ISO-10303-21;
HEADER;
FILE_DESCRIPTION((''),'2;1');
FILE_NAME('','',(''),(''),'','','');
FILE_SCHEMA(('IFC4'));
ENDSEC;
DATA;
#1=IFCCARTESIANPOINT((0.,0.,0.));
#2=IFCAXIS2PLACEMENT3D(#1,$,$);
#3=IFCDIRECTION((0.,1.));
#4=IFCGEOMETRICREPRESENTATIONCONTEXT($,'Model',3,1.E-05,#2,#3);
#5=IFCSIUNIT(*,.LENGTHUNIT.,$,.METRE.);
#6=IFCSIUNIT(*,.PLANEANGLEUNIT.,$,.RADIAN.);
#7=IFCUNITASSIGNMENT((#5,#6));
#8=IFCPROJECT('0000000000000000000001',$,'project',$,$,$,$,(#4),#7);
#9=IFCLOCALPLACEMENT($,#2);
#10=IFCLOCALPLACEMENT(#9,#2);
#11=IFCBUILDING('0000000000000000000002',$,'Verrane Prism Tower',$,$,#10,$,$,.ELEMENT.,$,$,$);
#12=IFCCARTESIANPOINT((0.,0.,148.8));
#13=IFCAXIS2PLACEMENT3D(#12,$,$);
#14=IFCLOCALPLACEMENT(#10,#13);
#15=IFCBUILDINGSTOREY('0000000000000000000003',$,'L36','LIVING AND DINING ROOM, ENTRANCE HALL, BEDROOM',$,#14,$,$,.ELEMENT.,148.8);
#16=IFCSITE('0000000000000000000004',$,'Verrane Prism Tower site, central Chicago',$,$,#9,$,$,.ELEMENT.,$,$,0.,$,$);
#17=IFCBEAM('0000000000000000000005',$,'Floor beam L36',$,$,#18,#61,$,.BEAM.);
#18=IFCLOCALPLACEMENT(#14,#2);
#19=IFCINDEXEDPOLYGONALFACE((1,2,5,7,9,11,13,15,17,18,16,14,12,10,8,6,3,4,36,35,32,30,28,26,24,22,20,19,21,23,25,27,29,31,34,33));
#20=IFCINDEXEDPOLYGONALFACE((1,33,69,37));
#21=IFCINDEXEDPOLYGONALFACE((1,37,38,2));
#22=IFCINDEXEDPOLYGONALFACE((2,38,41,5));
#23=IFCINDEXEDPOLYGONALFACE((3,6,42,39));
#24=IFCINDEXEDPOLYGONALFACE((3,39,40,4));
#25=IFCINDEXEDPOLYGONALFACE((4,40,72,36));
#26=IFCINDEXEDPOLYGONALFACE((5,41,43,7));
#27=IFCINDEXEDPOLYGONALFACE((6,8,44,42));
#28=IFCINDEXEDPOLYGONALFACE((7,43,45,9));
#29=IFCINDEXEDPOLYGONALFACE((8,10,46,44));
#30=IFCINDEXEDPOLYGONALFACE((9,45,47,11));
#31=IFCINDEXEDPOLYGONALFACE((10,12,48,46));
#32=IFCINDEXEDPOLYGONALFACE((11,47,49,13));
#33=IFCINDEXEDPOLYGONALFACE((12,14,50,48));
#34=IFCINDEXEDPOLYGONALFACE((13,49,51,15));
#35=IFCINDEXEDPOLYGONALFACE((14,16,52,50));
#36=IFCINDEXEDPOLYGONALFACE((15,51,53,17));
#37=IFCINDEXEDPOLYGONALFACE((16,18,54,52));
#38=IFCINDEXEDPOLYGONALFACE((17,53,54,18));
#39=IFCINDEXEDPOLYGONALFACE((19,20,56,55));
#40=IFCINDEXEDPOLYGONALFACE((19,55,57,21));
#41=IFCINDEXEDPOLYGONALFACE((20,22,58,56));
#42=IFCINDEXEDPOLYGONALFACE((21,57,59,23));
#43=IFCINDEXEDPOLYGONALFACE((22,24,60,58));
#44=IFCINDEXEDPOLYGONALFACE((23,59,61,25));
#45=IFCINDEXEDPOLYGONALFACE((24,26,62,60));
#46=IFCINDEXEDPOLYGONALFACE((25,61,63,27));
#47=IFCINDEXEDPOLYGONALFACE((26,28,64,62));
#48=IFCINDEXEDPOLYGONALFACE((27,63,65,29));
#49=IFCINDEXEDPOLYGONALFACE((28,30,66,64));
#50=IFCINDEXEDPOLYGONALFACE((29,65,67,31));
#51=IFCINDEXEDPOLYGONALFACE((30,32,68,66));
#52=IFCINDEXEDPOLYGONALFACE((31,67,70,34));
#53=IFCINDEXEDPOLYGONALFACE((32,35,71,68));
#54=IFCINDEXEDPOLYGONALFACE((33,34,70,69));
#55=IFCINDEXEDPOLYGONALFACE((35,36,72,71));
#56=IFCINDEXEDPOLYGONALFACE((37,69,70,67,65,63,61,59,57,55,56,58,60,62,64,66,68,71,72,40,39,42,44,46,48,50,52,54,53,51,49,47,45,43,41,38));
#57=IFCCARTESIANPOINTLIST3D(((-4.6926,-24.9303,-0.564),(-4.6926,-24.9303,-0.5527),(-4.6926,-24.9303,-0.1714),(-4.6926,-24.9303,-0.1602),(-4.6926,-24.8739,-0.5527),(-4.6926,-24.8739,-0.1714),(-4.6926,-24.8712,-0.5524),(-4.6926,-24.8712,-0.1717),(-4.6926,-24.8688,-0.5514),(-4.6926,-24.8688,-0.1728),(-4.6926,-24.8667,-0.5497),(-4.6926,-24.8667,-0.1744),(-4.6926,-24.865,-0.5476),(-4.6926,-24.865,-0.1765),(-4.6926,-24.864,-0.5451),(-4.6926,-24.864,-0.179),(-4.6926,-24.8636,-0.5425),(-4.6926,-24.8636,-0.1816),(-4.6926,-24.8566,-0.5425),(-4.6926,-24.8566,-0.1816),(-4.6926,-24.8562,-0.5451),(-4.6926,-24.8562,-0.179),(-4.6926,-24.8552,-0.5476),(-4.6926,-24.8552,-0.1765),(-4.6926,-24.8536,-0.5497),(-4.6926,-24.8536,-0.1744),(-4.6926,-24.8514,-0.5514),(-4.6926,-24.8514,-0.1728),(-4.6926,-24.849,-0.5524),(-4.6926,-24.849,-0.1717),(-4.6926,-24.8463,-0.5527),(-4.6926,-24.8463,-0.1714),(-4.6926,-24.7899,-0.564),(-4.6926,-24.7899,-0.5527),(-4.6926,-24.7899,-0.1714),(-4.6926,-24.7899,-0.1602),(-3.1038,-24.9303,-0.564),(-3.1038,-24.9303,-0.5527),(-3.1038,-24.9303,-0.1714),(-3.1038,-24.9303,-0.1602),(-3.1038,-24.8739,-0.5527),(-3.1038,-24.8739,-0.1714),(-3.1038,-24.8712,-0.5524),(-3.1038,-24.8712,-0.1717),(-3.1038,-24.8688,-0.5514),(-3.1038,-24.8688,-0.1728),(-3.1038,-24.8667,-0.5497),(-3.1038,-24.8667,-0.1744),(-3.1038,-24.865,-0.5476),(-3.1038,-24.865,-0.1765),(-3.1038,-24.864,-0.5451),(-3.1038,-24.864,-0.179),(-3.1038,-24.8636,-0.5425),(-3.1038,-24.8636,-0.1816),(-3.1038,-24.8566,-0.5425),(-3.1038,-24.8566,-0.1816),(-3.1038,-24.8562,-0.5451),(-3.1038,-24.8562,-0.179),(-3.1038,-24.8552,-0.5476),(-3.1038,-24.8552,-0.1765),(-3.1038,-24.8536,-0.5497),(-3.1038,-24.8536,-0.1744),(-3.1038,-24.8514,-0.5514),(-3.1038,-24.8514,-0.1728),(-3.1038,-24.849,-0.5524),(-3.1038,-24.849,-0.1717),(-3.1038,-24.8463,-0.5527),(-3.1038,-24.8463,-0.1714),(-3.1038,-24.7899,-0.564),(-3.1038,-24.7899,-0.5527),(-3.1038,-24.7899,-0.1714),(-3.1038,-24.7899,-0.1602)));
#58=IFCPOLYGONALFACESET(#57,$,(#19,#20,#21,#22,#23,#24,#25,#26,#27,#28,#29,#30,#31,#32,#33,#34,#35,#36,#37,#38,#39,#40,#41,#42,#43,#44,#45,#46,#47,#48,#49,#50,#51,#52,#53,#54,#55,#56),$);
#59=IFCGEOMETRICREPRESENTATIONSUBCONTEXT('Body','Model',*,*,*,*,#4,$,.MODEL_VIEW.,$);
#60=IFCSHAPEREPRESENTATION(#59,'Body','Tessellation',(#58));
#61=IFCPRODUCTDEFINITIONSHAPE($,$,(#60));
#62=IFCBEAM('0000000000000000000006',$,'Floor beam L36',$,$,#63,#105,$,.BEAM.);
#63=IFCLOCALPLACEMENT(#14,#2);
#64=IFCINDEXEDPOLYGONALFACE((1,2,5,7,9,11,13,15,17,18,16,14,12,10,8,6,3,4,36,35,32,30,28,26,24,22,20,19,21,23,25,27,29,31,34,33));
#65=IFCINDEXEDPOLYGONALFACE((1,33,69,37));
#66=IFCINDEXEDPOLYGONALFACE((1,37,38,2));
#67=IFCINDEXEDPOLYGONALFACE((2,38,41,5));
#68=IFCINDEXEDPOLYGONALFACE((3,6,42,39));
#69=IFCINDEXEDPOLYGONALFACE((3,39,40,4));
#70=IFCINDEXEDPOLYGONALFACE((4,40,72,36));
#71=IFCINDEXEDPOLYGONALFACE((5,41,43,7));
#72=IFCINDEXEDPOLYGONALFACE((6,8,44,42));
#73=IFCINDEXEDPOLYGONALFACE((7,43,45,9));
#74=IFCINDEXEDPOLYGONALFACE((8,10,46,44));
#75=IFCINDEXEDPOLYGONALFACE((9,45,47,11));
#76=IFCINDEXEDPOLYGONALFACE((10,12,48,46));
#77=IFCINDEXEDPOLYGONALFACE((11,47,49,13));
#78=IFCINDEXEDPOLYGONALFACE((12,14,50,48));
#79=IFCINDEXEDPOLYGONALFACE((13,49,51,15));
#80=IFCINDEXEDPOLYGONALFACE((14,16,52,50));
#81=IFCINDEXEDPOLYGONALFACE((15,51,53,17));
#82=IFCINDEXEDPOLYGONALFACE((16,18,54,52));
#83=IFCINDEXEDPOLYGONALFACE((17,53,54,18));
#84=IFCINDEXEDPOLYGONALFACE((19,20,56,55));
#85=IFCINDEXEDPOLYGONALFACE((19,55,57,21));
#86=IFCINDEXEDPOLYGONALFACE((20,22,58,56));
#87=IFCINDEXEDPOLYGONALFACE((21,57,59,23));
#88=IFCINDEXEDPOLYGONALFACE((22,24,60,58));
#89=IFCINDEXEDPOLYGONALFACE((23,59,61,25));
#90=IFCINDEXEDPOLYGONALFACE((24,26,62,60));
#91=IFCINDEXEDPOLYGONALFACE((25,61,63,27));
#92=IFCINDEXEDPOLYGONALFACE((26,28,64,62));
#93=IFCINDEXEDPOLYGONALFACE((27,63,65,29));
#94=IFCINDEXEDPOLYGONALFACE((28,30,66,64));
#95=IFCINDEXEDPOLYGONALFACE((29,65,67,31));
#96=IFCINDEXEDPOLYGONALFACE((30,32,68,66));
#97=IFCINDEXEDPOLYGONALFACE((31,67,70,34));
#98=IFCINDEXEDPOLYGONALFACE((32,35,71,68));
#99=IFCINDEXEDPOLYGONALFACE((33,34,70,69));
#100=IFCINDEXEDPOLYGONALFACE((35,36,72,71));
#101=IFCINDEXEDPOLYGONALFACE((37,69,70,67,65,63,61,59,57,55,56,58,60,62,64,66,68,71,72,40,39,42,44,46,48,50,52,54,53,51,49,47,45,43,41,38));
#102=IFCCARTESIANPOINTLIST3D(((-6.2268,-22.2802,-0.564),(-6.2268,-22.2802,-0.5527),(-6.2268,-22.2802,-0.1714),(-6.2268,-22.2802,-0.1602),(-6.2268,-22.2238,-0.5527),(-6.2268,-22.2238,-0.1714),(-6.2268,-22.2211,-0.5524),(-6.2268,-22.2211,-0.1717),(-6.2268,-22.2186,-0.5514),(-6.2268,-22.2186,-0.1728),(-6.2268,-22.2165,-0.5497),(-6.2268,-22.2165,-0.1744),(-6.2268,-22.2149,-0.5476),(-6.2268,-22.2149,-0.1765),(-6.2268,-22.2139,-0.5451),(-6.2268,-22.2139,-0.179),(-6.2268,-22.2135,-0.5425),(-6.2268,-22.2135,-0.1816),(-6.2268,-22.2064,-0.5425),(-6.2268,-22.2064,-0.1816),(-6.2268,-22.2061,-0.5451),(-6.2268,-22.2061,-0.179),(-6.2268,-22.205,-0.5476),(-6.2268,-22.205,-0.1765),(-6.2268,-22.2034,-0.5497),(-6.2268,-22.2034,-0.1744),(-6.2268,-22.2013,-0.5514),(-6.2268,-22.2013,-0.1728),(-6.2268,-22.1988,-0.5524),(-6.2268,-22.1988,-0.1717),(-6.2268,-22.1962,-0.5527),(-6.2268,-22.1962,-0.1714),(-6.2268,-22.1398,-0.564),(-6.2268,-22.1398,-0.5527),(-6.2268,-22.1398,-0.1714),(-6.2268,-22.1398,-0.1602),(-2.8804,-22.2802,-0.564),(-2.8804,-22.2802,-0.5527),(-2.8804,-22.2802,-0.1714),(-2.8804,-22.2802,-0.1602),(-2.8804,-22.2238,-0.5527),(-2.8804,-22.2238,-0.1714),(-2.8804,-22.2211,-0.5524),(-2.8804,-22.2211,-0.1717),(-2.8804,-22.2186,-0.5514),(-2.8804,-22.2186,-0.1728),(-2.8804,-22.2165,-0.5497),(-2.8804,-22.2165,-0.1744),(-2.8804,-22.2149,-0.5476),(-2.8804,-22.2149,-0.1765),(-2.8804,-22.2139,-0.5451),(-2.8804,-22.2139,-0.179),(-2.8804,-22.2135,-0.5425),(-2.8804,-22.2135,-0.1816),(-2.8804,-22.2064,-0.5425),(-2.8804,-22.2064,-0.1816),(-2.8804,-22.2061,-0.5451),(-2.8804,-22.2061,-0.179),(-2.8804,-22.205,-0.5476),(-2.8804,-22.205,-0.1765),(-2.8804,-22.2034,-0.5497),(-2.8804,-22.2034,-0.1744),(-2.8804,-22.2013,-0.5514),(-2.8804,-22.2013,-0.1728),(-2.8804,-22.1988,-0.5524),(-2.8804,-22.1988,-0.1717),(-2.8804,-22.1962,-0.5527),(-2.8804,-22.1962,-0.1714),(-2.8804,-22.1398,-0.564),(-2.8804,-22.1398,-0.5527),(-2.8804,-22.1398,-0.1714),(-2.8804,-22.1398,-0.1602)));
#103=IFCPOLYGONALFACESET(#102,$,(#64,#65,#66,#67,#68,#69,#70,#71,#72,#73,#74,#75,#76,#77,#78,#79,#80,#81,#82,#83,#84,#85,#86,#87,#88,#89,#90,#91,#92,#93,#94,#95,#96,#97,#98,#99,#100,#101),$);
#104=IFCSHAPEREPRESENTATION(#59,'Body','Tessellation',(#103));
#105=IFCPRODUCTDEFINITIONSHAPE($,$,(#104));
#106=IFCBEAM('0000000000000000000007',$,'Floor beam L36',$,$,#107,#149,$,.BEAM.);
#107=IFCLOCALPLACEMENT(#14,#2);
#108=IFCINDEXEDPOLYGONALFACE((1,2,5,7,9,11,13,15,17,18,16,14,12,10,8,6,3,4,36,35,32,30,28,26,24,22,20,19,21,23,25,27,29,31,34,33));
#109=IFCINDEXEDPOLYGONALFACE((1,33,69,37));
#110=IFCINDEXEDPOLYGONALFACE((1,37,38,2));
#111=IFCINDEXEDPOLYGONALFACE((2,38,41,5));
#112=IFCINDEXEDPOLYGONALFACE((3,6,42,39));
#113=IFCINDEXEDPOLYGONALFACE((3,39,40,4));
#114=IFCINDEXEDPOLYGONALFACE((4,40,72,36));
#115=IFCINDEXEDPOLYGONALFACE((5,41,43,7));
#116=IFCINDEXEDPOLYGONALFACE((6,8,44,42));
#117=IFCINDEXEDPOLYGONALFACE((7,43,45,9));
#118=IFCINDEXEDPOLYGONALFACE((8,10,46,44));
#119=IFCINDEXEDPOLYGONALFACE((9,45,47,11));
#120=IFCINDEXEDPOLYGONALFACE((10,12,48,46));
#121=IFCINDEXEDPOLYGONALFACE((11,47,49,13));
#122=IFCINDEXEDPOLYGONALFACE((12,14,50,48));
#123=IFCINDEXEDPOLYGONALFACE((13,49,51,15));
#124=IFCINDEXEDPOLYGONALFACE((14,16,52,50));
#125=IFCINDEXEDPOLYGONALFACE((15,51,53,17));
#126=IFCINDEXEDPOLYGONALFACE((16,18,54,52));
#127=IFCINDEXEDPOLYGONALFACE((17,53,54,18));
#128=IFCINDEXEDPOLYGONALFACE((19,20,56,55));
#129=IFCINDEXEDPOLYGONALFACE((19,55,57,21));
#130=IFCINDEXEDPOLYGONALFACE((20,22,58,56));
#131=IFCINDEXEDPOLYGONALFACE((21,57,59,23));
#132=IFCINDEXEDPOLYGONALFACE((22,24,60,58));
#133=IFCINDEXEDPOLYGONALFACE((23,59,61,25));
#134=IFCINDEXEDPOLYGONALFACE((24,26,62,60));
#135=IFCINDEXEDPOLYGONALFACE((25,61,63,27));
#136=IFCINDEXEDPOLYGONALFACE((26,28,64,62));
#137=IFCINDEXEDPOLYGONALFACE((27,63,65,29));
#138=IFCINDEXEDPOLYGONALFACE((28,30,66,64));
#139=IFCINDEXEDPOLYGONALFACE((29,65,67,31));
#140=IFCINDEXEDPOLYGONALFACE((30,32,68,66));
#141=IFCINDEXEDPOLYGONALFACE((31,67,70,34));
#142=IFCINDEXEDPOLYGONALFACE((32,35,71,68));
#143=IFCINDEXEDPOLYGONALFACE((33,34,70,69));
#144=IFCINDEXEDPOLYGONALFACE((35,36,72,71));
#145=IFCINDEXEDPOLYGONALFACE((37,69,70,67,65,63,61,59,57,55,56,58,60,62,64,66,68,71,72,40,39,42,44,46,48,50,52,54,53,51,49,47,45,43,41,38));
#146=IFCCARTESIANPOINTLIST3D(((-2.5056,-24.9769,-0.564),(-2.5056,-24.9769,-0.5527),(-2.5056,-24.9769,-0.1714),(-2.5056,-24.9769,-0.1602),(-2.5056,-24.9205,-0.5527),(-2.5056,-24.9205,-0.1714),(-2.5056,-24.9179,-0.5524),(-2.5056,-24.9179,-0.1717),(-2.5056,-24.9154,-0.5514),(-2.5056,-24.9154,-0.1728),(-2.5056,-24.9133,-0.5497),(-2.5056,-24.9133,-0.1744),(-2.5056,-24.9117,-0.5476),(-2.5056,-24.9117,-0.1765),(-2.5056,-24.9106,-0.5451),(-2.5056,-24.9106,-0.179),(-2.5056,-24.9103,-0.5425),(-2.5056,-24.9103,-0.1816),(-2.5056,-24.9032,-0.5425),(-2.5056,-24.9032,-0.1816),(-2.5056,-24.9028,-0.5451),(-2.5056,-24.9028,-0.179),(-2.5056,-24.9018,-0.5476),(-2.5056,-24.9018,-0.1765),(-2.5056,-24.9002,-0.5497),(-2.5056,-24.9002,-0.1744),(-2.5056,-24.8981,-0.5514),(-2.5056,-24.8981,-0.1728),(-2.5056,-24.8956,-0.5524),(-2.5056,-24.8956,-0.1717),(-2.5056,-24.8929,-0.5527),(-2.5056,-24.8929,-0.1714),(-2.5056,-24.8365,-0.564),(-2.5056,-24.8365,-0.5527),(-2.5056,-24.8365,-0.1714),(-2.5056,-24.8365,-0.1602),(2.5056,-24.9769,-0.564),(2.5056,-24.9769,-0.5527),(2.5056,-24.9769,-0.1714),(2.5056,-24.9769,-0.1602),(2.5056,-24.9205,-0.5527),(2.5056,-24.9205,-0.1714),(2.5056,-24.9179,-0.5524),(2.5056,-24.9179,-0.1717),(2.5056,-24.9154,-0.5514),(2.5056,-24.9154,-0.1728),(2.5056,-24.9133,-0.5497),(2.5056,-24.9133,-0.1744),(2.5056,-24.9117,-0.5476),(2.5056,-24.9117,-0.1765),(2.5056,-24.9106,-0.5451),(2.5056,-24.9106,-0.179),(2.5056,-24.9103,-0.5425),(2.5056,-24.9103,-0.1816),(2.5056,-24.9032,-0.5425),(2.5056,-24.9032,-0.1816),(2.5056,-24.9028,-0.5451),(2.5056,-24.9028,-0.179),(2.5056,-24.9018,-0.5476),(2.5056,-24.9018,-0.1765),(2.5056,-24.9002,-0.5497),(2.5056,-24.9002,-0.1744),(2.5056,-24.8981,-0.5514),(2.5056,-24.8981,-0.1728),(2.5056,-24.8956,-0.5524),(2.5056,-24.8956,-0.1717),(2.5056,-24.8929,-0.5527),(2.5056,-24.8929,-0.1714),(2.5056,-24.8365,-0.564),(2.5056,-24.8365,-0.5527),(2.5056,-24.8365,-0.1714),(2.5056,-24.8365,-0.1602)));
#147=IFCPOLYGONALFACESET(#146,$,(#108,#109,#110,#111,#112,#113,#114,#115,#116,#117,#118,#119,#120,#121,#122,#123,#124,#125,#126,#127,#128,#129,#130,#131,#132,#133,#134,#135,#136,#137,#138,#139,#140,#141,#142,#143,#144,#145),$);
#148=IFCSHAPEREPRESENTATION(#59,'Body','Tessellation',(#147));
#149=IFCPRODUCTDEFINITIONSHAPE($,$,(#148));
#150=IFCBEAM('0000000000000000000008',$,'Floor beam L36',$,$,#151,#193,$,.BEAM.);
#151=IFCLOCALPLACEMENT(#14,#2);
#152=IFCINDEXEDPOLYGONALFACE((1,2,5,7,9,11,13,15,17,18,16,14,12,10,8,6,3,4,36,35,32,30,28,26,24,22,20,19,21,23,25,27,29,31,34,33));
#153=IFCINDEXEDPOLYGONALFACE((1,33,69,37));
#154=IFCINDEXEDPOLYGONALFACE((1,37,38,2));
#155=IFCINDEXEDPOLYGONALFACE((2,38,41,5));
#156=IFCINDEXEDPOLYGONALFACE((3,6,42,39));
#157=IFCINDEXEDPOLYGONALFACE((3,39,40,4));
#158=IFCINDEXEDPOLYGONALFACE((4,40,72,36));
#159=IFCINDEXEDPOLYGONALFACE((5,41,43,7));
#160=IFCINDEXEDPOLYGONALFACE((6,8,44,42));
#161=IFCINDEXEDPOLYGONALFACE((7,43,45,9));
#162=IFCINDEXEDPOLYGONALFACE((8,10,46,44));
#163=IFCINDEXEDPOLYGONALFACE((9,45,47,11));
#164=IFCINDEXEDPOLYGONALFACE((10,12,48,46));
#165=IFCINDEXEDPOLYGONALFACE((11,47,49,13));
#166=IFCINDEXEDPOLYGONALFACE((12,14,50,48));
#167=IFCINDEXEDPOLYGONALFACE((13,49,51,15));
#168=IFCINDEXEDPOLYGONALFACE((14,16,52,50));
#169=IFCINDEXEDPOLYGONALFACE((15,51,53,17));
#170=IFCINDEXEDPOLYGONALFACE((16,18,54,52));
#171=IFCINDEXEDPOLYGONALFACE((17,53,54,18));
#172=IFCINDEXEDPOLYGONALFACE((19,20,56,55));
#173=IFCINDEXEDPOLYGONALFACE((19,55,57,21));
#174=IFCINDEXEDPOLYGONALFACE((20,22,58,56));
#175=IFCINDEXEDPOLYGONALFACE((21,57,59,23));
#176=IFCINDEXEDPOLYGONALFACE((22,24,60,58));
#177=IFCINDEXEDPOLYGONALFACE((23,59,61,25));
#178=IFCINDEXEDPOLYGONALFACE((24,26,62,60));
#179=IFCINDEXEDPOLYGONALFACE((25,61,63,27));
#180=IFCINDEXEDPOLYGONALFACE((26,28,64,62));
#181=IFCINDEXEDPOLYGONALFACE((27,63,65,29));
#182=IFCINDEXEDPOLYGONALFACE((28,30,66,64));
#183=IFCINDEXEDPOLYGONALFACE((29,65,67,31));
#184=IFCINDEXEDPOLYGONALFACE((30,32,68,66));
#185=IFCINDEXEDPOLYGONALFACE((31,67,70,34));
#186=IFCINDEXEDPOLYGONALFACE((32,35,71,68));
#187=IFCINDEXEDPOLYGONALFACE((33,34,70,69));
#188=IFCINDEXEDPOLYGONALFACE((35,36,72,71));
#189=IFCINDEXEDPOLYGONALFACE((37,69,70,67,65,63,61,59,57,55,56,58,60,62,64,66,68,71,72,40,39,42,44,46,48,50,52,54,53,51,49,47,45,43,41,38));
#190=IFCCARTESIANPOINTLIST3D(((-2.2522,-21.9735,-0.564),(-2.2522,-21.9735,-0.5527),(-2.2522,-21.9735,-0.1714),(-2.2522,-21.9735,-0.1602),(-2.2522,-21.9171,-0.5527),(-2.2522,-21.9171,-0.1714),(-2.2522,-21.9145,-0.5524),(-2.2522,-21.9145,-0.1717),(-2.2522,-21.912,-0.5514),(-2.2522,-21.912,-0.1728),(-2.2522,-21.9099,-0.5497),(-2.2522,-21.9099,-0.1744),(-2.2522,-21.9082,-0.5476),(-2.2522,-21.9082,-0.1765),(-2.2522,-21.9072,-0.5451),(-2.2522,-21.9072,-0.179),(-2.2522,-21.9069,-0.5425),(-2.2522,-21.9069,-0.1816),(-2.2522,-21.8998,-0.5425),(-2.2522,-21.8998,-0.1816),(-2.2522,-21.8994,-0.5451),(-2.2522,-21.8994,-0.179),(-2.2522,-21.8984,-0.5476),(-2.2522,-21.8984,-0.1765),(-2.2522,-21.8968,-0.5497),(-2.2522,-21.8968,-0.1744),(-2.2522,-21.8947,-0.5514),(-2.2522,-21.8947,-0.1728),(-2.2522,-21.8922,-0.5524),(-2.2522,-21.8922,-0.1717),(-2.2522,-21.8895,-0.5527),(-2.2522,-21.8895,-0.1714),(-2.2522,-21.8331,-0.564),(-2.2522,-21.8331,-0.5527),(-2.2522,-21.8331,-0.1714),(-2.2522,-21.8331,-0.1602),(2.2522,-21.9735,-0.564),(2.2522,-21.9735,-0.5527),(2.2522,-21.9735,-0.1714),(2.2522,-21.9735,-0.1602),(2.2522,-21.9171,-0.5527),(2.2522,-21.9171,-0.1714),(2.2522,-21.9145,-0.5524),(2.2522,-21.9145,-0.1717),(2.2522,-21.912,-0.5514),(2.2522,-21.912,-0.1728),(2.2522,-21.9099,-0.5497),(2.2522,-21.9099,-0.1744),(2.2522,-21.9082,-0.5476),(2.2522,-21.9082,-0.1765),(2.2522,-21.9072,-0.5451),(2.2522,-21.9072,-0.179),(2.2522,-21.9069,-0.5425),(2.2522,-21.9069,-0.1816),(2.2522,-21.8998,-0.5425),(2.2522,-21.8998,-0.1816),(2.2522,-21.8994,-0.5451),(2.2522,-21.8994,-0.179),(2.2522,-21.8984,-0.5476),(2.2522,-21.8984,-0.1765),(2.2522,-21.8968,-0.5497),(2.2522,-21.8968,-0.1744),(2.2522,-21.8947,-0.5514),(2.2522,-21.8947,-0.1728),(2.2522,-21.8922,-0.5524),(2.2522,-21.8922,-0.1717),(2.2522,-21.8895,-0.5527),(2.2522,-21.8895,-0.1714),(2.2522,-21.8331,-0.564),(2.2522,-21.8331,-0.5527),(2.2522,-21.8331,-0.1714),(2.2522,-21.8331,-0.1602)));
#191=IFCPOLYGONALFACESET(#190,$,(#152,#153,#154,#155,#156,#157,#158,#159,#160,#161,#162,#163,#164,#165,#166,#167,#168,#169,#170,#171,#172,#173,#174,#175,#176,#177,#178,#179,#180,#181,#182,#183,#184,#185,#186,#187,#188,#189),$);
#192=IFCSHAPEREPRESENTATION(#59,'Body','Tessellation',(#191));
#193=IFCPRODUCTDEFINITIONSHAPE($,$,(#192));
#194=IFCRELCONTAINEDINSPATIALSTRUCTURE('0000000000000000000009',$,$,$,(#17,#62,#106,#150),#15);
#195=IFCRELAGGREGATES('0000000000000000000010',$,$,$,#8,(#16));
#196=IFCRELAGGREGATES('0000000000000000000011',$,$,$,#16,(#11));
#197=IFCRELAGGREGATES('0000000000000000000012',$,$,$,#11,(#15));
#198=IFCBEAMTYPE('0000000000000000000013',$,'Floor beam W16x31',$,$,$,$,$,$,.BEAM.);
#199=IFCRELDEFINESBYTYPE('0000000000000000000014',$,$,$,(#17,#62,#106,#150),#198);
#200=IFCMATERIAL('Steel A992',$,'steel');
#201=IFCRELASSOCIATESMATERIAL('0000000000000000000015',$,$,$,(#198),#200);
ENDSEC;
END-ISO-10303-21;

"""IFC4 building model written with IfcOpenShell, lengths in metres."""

from ifc_helpers import new_model, si_unit, direction, frame, origin, origin_2d, place, context, subcontext, project, spatial, i_section, extrude, material, material_profile, profile_set, type_object, element, save


model = new_model("IFC4")

# Units and contexts
model_context = context("Model", 3, precision=1e-05, world=origin(), true_north=direction((0.0, 1.0)))
body_context = subcontext(model_context, "Body", "Model", "MODEL_VIEW")
ifc_project = project(units=[si_unit("LENGTHUNIT", "METRE"), si_unit("PLANEANGLEUNIT", "RADIAN")], contexts=[model_context])

# Site, building, storey
site_placement = place(None, origin())
site = spatial("IfcSite", under=ifc_project, at=site_placement, Name="Verrane Prism Tower site, central Chicago", CompositionType="ELEMENT", RefElevation=0.0)
building_placement = place(site_placement, origin())
building = spatial("IfcBuilding", under=site, at=building_placement, Name="Verrane Prism Tower", CompositionType="ELEMENT")
storey_placement = place(building_placement, frame((0.0, 0.0, 148.8)))
storey = spatial("IfcBuildingStorey", under=building, at=storey_placement, Name="L36", Description="LIVING AND DINING ROOM, ENTRANCE HALL, BEDROOM", CompositionType="ELEMENT", Elevation=148.8)

# Beams
ifc_material_1 = material(Name="Steel A992", Category="steel")
ifc_material_profile_1 = material_profile(ifc_material_1, i_section(OverallWidth=0.1404, OverallDepth=0.4038, WebThickness=0.0071, FlangeThickness=0.0112, FilletRadius=0.0103, at=origin_2d()), Name="W16x31")
ifc_profile_set_1 = profile_set([ifc_material_profile_1], Name="Steel A992")
beam_type_1 = type_object("IfcBeamType", Name="Floor beam W16x31", PredefinedType="BEAM", material=ifc_profile_set_1)
beam_1_placement = place(storey_placement, frame((-4.6926, -24.8601, -0.3621), z_axis=(1.0, 0.0, 0.0), x_axis=(0.0, 1.0, 0.0)))
element("IfcBeam", 1, at=beam_1_placement, inside=storey, type_object=beam_type_1, Name="Floor beam L36", PredefinedType="BEAM", context=body_context, shape_type="SweptSolid", body=[
    extrude(i_section(OverallWidth=0.1404, OverallDepth=0.4038, WebThickness=0.0071, FlangeThickness=0.0112, FilletRadius=0.0103, at=origin_2d()), origin(), (0.0, 0.0, 1.0), 1.5889),
])
beam_2_placement = place(storey_placement, frame((-6.2268, -22.21, -0.3621), z_axis=(1.0, 0.0, 0.0), x_axis=(0.0, 1.0, 0.0)))
element("IfcBeam", 2, at=beam_2_placement, inside=storey, type_object=beam_type_1, Name="Floor beam L36", PredefinedType="BEAM", context=body_context, shape_type="SweptSolid", body=[
    extrude(i_section(OverallWidth=0.1404, OverallDepth=0.4038, WebThickness=0.0071, FlangeThickness=0.0112, FilletRadius=0.0103, at=origin_2d()), origin(), (0.0, 0.0, 1.0), 3.3464),
])
beam_3_placement = place(storey_placement, frame((-2.5056, -24.9067, -0.3621), z_axis=(1.0, 0.0, 0.0), x_axis=(0.0, 1.0, 0.0)))
element("IfcBeam", 3, at=beam_3_placement, inside=storey, type_object=beam_type_1, Name="Floor beam L36", PredefinedType="BEAM", context=body_context, shape_type="SweptSolid", body=[
    extrude(i_section(OverallWidth=0.1404, OverallDepth=0.4038, WebThickness=0.0071, FlangeThickness=0.0112, FilletRadius=0.0103, at=origin_2d()), origin(), (0.0, 0.0, 1.0), 5.0112),
])
beam_4_placement = place(storey_placement, frame((-2.2522, -21.9033, -0.3621), z_axis=(1.0, 0.0, 0.0), x_axis=(0.0, 1.0, 0.0)))
element("IfcBeam", 4, at=beam_4_placement, inside=storey, type_object=beam_type_1, Name="Floor beam L36", PredefinedType="BEAM", context=body_context, shape_type="SweptSolid", body=[
    extrude(i_section(OverallWidth=0.1404, OverallDepth=0.4038, WebThickness=0.0071, FlangeThickness=0.0112, FilletRadius=0.0103, at=origin_2d()), origin(), (0.0, 0.0, 1.0), 4.5044),
])

save(model, "model.ifc")
